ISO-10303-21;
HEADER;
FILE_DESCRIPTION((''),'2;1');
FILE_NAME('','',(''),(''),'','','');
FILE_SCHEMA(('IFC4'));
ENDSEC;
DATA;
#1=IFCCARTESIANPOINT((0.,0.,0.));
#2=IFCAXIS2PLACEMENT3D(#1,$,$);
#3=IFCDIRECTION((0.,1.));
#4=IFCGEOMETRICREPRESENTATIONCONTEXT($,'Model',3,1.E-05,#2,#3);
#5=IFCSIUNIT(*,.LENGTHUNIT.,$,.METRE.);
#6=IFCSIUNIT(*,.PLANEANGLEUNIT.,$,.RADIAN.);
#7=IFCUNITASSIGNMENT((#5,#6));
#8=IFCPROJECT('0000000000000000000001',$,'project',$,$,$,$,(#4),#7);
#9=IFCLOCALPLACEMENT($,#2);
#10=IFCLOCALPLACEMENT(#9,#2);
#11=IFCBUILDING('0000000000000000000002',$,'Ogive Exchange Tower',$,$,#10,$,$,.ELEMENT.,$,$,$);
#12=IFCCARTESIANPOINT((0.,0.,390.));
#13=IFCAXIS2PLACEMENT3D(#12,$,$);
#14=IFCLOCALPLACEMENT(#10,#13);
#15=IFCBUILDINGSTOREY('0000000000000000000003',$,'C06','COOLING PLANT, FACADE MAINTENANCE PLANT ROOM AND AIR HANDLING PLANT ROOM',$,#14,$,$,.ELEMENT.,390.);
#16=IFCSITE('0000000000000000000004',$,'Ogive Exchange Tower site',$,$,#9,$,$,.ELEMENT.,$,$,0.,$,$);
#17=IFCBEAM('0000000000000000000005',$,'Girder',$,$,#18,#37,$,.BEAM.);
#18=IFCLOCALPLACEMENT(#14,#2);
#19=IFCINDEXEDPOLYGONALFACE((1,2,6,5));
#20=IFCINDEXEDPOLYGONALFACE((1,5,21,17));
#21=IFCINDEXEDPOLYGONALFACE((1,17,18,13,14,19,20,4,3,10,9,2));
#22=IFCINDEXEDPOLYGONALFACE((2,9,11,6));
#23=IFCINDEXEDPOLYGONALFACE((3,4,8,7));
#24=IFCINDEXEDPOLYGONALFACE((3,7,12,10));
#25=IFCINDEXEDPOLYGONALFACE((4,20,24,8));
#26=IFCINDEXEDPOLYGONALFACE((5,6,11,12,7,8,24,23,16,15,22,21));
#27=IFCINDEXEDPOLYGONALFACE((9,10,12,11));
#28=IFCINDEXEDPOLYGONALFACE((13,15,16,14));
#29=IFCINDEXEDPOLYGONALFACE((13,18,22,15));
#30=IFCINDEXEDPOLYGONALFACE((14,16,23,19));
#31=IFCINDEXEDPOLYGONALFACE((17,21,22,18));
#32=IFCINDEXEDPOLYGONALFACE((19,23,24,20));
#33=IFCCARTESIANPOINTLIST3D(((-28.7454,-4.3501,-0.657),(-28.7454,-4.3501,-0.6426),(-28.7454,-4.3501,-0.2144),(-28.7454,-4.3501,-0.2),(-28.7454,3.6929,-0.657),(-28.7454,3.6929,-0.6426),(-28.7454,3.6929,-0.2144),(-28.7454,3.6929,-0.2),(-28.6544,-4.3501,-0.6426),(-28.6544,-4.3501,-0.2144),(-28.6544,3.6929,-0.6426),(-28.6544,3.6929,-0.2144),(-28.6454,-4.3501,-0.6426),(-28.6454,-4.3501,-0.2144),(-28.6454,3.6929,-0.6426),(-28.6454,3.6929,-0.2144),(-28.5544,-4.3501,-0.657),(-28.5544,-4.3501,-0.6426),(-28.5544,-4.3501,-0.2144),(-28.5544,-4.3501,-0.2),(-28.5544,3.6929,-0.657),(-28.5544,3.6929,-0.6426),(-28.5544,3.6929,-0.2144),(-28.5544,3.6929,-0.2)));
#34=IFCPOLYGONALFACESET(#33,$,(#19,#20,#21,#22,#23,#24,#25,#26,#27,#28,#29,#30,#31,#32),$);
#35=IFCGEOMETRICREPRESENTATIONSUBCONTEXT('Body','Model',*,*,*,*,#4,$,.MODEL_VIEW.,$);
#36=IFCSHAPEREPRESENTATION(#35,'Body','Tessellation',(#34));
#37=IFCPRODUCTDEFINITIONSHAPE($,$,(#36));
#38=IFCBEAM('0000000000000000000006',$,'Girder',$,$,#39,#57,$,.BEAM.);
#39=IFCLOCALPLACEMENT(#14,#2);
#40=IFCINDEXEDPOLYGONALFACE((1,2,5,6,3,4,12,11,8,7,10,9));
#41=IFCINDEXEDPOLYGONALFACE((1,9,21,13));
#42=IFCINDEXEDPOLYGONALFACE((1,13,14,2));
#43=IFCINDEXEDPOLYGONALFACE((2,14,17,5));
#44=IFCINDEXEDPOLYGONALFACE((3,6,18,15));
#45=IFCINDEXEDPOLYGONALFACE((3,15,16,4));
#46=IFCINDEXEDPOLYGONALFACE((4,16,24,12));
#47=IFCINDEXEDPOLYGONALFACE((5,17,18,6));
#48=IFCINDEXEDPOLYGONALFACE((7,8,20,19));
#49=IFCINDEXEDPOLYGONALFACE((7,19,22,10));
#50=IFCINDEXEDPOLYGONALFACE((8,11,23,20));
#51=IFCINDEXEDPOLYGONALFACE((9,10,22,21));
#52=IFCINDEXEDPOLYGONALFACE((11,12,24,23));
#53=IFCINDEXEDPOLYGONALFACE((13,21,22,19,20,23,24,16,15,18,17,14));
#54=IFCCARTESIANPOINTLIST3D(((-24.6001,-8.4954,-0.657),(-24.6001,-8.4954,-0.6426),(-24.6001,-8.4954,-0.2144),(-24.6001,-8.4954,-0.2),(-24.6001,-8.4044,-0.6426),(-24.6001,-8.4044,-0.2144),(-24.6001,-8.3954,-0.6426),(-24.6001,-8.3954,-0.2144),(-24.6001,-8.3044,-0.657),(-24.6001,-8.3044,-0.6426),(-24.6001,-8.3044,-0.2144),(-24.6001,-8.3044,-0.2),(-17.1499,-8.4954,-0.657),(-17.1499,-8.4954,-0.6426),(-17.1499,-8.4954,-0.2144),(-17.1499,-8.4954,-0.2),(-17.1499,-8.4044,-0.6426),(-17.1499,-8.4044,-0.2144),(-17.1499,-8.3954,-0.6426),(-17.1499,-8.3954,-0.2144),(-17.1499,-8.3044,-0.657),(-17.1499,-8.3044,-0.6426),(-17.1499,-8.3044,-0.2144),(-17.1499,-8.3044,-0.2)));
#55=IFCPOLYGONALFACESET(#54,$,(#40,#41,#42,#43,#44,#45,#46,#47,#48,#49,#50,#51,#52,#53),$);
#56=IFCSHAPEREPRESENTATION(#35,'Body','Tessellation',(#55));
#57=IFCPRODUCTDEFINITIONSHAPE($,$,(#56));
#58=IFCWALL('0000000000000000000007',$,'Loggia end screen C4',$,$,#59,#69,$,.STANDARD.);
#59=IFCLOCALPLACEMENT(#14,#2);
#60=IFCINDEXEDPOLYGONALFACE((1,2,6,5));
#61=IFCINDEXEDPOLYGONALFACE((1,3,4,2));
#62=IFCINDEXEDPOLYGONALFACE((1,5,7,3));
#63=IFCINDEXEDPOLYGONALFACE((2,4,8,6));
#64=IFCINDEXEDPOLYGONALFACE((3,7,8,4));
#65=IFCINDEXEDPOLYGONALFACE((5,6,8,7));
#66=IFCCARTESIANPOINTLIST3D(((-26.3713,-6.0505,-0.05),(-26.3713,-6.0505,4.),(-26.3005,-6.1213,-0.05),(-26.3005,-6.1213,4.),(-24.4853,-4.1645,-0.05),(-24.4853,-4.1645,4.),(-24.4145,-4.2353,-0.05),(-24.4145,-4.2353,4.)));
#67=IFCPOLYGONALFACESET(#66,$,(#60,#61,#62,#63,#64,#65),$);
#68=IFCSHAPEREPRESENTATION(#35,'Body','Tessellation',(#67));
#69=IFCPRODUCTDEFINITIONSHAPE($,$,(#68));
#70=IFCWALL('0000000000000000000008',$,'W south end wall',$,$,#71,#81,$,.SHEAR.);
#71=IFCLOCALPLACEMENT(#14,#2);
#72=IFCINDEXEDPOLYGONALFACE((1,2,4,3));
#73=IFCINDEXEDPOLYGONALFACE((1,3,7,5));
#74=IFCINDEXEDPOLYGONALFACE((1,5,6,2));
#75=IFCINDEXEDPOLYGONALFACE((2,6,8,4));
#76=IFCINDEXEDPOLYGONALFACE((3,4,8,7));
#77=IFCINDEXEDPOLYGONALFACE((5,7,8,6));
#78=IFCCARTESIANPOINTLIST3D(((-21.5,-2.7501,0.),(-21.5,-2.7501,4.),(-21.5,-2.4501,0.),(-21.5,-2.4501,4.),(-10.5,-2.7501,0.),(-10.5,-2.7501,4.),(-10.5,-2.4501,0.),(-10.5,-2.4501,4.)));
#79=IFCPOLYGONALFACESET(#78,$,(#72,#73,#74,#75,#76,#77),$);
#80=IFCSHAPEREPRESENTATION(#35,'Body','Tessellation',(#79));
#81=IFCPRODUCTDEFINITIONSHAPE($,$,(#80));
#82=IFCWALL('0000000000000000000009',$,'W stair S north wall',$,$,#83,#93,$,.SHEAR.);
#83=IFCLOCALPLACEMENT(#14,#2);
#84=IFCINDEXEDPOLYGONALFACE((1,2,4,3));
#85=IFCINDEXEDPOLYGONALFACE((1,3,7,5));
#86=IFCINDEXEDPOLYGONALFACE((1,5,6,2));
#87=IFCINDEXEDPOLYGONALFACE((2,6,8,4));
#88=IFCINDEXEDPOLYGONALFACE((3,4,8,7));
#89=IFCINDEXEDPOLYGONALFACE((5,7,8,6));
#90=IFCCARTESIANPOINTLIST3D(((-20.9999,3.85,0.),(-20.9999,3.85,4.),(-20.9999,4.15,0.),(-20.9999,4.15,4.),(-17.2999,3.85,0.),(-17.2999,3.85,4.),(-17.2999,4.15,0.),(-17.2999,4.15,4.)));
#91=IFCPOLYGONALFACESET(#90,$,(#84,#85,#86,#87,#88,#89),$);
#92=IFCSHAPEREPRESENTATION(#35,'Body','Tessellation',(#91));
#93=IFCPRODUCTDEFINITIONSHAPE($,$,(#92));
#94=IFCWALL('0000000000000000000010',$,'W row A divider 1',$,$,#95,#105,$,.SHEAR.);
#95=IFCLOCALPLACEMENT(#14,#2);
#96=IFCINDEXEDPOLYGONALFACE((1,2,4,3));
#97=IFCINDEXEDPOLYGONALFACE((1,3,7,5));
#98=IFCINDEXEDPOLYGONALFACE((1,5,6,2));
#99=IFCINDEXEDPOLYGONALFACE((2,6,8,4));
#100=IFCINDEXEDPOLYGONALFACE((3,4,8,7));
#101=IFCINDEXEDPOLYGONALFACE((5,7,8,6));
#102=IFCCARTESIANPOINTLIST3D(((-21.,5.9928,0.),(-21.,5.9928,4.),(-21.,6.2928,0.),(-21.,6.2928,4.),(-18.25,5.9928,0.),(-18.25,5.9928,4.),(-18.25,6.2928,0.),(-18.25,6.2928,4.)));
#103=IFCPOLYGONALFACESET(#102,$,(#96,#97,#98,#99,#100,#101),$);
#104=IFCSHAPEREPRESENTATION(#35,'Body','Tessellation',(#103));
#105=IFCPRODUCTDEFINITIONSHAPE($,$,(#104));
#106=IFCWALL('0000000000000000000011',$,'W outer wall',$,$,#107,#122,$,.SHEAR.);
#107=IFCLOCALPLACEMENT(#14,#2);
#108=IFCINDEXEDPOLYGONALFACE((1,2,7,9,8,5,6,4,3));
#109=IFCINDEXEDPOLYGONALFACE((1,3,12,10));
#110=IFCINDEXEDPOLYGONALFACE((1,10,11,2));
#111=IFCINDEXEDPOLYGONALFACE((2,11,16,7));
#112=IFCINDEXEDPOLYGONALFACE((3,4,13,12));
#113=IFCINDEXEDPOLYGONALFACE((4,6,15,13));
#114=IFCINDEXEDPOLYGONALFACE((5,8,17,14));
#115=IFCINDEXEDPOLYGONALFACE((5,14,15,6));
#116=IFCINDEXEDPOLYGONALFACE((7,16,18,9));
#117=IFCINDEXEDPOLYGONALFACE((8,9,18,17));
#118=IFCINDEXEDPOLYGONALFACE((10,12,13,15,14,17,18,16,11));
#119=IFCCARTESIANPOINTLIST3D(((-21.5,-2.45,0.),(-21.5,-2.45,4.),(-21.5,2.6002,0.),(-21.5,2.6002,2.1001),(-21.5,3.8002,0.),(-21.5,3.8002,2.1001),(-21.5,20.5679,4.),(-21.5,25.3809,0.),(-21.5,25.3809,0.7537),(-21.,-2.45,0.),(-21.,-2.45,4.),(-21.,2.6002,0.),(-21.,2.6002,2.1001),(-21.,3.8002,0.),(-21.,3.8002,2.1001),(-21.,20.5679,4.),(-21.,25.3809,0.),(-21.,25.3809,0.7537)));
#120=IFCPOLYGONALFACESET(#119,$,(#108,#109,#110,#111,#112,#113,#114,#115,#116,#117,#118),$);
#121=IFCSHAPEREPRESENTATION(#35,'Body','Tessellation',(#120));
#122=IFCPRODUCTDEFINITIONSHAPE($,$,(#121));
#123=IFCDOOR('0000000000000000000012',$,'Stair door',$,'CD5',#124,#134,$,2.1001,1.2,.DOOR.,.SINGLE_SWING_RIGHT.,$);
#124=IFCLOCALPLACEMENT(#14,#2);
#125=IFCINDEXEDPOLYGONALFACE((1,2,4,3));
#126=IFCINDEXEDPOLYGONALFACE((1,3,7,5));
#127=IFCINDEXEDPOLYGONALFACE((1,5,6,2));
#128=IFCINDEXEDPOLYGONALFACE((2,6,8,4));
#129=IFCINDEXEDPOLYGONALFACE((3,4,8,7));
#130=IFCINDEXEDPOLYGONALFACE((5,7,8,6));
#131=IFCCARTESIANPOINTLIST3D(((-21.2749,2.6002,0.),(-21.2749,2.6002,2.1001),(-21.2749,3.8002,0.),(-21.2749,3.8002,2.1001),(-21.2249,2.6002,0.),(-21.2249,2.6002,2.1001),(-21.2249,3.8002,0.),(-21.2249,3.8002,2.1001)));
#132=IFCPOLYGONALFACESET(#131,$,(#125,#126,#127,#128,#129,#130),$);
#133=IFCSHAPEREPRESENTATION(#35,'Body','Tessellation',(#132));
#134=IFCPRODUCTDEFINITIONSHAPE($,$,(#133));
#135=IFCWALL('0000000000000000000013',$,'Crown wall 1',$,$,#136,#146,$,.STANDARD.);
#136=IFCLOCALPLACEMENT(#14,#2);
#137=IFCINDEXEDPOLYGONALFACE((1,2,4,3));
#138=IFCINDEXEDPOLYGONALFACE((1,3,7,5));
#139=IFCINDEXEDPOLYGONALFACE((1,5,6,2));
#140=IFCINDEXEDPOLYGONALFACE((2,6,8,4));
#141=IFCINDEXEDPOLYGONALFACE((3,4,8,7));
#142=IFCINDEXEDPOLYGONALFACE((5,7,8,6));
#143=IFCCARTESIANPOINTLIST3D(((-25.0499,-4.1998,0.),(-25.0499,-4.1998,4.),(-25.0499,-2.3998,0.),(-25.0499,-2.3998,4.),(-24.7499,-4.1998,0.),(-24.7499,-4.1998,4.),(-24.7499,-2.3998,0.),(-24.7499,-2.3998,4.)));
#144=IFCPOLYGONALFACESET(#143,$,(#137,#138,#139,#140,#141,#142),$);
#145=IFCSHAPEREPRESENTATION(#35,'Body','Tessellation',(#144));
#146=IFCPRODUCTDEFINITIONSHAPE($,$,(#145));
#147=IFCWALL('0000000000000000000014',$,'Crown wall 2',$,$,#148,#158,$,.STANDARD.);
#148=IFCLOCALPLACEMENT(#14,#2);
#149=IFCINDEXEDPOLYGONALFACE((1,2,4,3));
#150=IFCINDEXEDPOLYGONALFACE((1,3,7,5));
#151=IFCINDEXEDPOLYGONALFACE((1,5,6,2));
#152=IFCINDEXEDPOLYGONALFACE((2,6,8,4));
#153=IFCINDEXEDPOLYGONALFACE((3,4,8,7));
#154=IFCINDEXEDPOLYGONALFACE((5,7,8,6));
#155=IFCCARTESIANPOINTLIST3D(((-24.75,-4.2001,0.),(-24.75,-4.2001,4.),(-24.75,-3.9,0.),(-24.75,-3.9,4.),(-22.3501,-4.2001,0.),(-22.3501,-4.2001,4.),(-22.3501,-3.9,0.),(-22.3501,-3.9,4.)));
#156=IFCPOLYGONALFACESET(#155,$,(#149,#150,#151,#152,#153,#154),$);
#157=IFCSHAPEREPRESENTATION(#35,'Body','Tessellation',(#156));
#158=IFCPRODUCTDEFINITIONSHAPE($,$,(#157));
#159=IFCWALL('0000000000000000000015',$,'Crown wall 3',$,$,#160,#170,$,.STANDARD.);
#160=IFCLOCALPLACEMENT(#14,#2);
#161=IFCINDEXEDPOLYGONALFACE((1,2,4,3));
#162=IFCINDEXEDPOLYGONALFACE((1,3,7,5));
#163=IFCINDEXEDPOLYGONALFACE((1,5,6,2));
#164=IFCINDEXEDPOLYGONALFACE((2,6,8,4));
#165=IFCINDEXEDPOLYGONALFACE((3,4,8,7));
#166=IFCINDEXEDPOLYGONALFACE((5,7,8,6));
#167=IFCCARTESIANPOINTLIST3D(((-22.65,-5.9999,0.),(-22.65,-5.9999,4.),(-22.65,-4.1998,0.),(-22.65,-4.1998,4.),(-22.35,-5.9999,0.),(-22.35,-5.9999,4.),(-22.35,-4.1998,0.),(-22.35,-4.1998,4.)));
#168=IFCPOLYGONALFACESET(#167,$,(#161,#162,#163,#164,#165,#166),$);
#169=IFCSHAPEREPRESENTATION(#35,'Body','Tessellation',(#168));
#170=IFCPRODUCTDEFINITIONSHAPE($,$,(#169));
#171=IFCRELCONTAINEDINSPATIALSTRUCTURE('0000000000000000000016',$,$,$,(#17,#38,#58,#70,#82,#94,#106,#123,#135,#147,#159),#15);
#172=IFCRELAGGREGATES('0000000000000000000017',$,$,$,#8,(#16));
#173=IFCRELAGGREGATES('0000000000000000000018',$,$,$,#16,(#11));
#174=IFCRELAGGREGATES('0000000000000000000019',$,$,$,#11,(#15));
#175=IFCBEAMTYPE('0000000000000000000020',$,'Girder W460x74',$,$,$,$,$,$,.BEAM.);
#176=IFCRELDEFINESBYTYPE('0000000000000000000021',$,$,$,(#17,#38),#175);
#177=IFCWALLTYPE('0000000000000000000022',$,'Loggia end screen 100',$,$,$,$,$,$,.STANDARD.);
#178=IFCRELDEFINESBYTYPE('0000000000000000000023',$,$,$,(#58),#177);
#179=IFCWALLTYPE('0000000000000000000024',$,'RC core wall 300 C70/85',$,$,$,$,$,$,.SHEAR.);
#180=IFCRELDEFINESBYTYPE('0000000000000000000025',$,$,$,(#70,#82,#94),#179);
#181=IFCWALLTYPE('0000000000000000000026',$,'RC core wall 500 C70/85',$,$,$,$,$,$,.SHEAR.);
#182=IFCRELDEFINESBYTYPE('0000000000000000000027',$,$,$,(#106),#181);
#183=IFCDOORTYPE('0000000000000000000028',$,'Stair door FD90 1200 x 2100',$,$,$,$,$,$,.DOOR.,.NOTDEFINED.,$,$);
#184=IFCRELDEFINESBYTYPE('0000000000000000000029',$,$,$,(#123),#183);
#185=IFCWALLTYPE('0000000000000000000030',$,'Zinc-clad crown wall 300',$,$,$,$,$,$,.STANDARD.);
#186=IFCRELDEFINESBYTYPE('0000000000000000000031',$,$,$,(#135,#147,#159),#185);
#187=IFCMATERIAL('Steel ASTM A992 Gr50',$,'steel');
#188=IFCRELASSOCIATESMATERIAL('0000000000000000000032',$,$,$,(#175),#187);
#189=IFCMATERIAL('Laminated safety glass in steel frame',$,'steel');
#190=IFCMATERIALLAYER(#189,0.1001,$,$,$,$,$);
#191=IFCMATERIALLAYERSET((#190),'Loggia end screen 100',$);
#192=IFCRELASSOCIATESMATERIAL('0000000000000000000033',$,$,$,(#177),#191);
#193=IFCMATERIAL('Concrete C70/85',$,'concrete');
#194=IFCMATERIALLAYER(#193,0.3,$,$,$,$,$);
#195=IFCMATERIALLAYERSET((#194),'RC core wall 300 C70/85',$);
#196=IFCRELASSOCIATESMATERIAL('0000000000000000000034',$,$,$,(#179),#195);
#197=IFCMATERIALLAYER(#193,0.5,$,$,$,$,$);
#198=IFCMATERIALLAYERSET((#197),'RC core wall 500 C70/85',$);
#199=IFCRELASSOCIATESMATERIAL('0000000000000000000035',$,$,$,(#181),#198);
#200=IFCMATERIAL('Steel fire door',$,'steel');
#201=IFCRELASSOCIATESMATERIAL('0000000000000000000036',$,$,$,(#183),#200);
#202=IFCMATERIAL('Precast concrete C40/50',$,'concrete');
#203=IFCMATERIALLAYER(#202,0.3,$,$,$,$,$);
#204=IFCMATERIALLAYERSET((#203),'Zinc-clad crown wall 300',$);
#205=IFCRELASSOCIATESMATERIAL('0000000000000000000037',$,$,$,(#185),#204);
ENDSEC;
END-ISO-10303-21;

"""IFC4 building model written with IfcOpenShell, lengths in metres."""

from ifc_helpers import new_model, si_unit, direction, frame, frame_2d, origin, origin_2d, place, context, subcontext, project, spatial, polyline, rectangle, i_section, outline, extrude, material, layer, layer_set, material_profile, profile_set, type_object, element, fill, save


model = new_model("IFC4")

# Units and contexts
model_context = context("Model", 3, precision=1e-05, world=origin(), true_north=direction((0.0, 1.0)))
body_context = subcontext(model_context, "Body", "Model", "MODEL_VIEW")
ifc_project = project(units=[si_unit("LENGTHUNIT", "METRE"), si_unit("PLANEANGLEUNIT", "RADIAN")], contexts=[model_context])

# Site, building, storey
site_placement = place(None, origin())
site = spatial("IfcSite", under=ifc_project, at=site_placement, Name="Ogive Exchange Tower site", CompositionType="ELEMENT", RefElevation=0.0)
building_placement = place(site_placement, origin())
building = spatial("IfcBuilding", under=site, at=building_placement, Name="Ogive Exchange Tower", CompositionType="ELEMENT")
storey_placement = place(building_placement, frame((0.0, 0.0, 390.0)))
storey = spatial("IfcBuildingStorey", under=building, at=storey_placement, Name="C06", Description="COOLING PLANT, FACADE MAINTENANCE PLANT ROOM AND AIR HANDLING PLANT ROOM", CompositionType="ELEMENT", Elevation=390.0)

# Beams
ifc_material_1 = material(Name="Steel ASTM A992 Gr50", Category="steel")
ifc_material_profile_1 = material_profile(ifc_material_1, i_section(OverallWidth=0.1909, OverallDepth=0.457, WebThickness=0.009, FlangeThickness=0.0144, at=origin_2d()), Name="W460x74")
ifc_profile_set_1 = profile_set([ifc_material_profile_1], Name="Steel ASTM A992 Gr50")
beam_type_1 = type_object("IfcBeamType", Name="Girder W460x74", PredefinedType="BEAM", material=ifc_profile_set_1)
beam_1_placement = place(storey_placement, frame((-28.6499, 3.6929, -0.4285), z_axis=(0.0, -1.0, 0.0), x_axis=(1.0, 0.0, 0.0)))
element("IfcBeam", 1, at=beam_1_placement, inside=storey, type_object=beam_type_1, Name="Girder", PredefinedType="BEAM", context=body_context, shape_type="SweptSolid", body=[
    extrude(i_section(OverallWidth=0.1909, OverallDepth=0.457, WebThickness=0.009, FlangeThickness=0.0144, at=origin_2d()), origin(), (0.0, 0.0, 1.0), 8.043),
])
beam_2_placement = place(storey_placement, frame((-24.6001, -8.3999, -0.4285), z_axis=(1.0, 0.0, 0.0), x_axis=(0.0, 1.0, 0.0)))
element("IfcBeam", 2, at=beam_2_placement, inside=storey, type_object=beam_type_1, Name="Girder", PredefinedType="BEAM", context=body_context, shape_type="SweptSolid", body=[
    extrude(i_section(OverallWidth=0.1909, OverallDepth=0.457, WebThickness=0.009, FlangeThickness=0.0144, at=origin_2d()), origin(), (0.0, 0.0, 1.0), 7.4502),
])

# Walls
ifc_material_2 = material(Name="Laminated safety glass in steel frame", Category="steel")
ifc_layer_1 = layer(ifc_material_2, 0.1001)
ifc_layer_set_1 = layer_set([ifc_layer_1], Name="Loggia end screen 100")
wall_type_1 = type_object("IfcWallType", Name="Loggia end screen 100", PredefinedType="STANDARD", material=ifc_layer_set_1)
wall_1_placement = place(storey_placement, frame((-24.45, -4.2, -0.05), z_axis=(0.0, 0.0, 1.0), x_axis=(-0.707107, -0.707107, 0.0)))
element("IfcWall", 3, at=wall_1_placement, inside=storey, type_object=wall_type_1, Name="Loggia end screen C4", PredefinedType="STANDARD", context=body_context, shape_type="SweptSolid", body=[
    extrude(rectangle(XDim=2.6672, YDim=0.1001, at=frame_2d((1.3335, 0.0))), origin(), (0.0, 0.0, 1.0), 4.05),
])
ifc_material_3 = material(Name="Concrete C70/85", Category="concrete")
ifc_layer_2 = layer(ifc_material_3, 0.3)
ifc_layer_set_2 = layer_set([ifc_layer_2], Name="RC core wall 300 C70/85")
wall_type_2 = type_object("IfcWallType", Name="RC core wall 300 C70/85", PredefinedType="SHEAR", material=ifc_layer_set_2)
wall_2_placement = place(storey_placement, frame((-21.5, -2.6001, 0.0), z_axis=(0.0, 0.0, 1.0), x_axis=(1.0, 0.0, 0.0)))
element("IfcWall", 4, at=wall_2_placement, inside=storey, type_object=wall_type_2, Name="W south end wall", PredefinedType="SHEAR", context=body_context, shape_type="SweptSolid", body=[
    extrude(rectangle(XDim=11.0, YDim=0.3, at=frame_2d((5.5, 0.0))), origin(), (0.0, 0.0, 1.0), 4.0),
])
wall_3_placement = place(storey_placement, frame((-21.0, 4.0, 0.0), z_axis=(0.0, 0.0, 1.0), x_axis=(1.0, 0.0, 0.0)))
element("IfcWall", 5, at=wall_3_placement, inside=storey, type_object=wall_type_2, Name="W stair S north wall", PredefinedType="SHEAR", context=body_context, shape_type="SweptSolid", body=[
    extrude(rectangle(XDim=3.7, YDim=0.3, at=frame_2d((1.8501, 0.0))), origin(), (0.0, 0.0, 1.0), 4.0),
])
wall_4_placement = place(storey_placement, frame((-21.0, 6.1428, 0.0), z_axis=(0.0, 0.0, 1.0), x_axis=(1.0, 0.0, 0.0)))
element("IfcWall", 6, at=wall_4_placement, inside=storey, type_object=wall_type_2, Name="W row A divider 1", PredefinedType="SHEAR", context=body_context, shape_type="SweptSolid", body=[
    extrude(rectangle(XDim=2.75, YDim=0.3, at=frame_2d((1.375, 0.0))), origin(), (0.0, 0.0, 1.0), 4.0),
])

# Wall, opening, door
ifc_layer_3 = layer(ifc_material_3, 0.5)
ifc_layer_set_3 = layer_set([ifc_layer_3], Name="RC core wall 500 C70/85")
wall_type_3 = type_object("IfcWallType", Name="RC core wall 500 C70/85", PredefinedType="SHEAR", material=ifc_layer_set_3)
wall_5_placement = place(storey_placement, frame((-21.25, -2.45, 0.0), z_axis=(0.0, 0.0, 1.0), x_axis=(0.0, 1.0, 0.0)))
wall_5 = element("IfcWall", 7, at=wall_5_placement, inside=storey, type_object=wall_type_3, Name="W outer wall", PredefinedType="SHEAR", context=body_context, shape_type="SweptSolid", body=[
    extrude(outline(polyline([(0.0, 0.0), (27.8308, 0.0), (27.8308, 0.7537), (23.0178, 4.0), (0.0, 4.0), (0.0, 0.0)])), frame((0.0, 0.25, 0.0), z_axis=(0.0, -1.0, 0.0), x_axis=(1.0, 0.0, 0.0)), (0.0, 0.0, 1.0), 0.5),
])
opening_1_placement = place(wall_5_placement, frame((5.05, 0.0, 0.0)))
opening_1 = element("IfcOpeningElement", 8, at=opening_1_placement, cuts=wall_5, PredefinedType="OPENING", context=body_context, shape_type="SweptSolid", body=[
    extrude(rectangle(XDim=1.2, YDim=2.1001, at=frame_2d((0.6001, 1.05))), frame((0.0, 0.26, 0.0), z_axis=(0.0, -1.0, 0.0), x_axis=(1.0, 0.0, 0.0)), (0.0, 0.0, 1.0), 0.52),
])
ifc_material_4 = material(Name="Steel fire door", Category="steel")
door_type = type_object("IfcDoorType", Name="Stair door FD90 1200 x 2100", OperationType="NOTDEFINED", PredefinedType="DOOR", material=ifc_material_4)
door_placement = place(opening_1_placement, origin())
door = element("IfcDoor", 9, at=door_placement, inside=storey, type_object=door_type, Name="Stair door", ObjectType="CD5", OperationType="SINGLE_SWING_RIGHT", OverallHeight=2.1001, OverallWidth=1.2, PredefinedType="DOOR", context=body_context, shape_type="SweptSolid", body=[
    extrude(rectangle(XDim=1.2, YDim=2.1001, at=frame_2d((0.6001, 1.05))), frame((0.0, 0.0249, 0.0), z_axis=(0.0, -1.0, 0.0), x_axis=(1.0, 0.0, 0.0)), (0.0, 0.0, 1.0), 0.05),
])
fill(opening_1, door)

# Walls
ifc_material_5 = material(Name="Precast concrete C40/50", Category="concrete")
ifc_layer_4 = layer(ifc_material_5, 0.3)
ifc_layer_set_4 = layer_set([ifc_layer_4], Name="Zinc-clad crown wall 300")
wall_type_4 = type_object("IfcWallType", Name="Zinc-clad crown wall 300", PredefinedType="STANDARD", material=ifc_layer_set_4)
wall_6_placement = place(storey_placement, frame((-24.8999, -2.3999, 0.0), z_axis=(0.0, 0.0, 1.0), x_axis=(0.0, -1.0, 0.0)))
element("IfcWall", 10, at=wall_6_placement, inside=storey, type_object=wall_type_4, Name="Crown wall 1", PredefinedType="STANDARD", context=body_context, shape_type="SweptSolid", body=[
    extrude(rectangle(XDim=1.8, YDim=0.3, at=frame_2d((0.8999, 0.0))), origin(), (0.0, 0.0, 1.0), 4.0),
])
wall_7_placement = place(storey_placement, frame((-24.75, -4.05, 0.0), z_axis=(0.0, 0.0, 1.0), x_axis=(1.0, 0.0, 0.0)))
element("IfcWall", 11, at=wall_7_placement, inside=storey, type_object=wall_type_4, Name="Crown wall 2", PredefinedType="STANDARD", context=body_context, shape_type="SweptSolid", body=[
    extrude(rectangle(XDim=2.3999, YDim=0.3, at=frame_2d((1.2, 0.0))), origin(), (0.0, 0.0, 1.0), 4.0),
])
wall_8_placement = place(storey_placement, frame((-22.5, -4.2, 0.0), z_axis=(0.0, 0.0, 1.0), x_axis=(0.0, -1.0, 0.0)))
element("IfcWall", 12, at=wall_8_placement, inside=storey, type_object=wall_type_4, Name="Crown wall 3", PredefinedType="STANDARD", context=body_context, shape_type="SweptSolid", body=[
    extrude(rectangle(XDim=1.8, YDim=0.3, at=frame_2d((0.8999, 0.0))), origin(), (0.0, 0.0, 1.0), 4.0),
])

save(model, "model.ifc")
